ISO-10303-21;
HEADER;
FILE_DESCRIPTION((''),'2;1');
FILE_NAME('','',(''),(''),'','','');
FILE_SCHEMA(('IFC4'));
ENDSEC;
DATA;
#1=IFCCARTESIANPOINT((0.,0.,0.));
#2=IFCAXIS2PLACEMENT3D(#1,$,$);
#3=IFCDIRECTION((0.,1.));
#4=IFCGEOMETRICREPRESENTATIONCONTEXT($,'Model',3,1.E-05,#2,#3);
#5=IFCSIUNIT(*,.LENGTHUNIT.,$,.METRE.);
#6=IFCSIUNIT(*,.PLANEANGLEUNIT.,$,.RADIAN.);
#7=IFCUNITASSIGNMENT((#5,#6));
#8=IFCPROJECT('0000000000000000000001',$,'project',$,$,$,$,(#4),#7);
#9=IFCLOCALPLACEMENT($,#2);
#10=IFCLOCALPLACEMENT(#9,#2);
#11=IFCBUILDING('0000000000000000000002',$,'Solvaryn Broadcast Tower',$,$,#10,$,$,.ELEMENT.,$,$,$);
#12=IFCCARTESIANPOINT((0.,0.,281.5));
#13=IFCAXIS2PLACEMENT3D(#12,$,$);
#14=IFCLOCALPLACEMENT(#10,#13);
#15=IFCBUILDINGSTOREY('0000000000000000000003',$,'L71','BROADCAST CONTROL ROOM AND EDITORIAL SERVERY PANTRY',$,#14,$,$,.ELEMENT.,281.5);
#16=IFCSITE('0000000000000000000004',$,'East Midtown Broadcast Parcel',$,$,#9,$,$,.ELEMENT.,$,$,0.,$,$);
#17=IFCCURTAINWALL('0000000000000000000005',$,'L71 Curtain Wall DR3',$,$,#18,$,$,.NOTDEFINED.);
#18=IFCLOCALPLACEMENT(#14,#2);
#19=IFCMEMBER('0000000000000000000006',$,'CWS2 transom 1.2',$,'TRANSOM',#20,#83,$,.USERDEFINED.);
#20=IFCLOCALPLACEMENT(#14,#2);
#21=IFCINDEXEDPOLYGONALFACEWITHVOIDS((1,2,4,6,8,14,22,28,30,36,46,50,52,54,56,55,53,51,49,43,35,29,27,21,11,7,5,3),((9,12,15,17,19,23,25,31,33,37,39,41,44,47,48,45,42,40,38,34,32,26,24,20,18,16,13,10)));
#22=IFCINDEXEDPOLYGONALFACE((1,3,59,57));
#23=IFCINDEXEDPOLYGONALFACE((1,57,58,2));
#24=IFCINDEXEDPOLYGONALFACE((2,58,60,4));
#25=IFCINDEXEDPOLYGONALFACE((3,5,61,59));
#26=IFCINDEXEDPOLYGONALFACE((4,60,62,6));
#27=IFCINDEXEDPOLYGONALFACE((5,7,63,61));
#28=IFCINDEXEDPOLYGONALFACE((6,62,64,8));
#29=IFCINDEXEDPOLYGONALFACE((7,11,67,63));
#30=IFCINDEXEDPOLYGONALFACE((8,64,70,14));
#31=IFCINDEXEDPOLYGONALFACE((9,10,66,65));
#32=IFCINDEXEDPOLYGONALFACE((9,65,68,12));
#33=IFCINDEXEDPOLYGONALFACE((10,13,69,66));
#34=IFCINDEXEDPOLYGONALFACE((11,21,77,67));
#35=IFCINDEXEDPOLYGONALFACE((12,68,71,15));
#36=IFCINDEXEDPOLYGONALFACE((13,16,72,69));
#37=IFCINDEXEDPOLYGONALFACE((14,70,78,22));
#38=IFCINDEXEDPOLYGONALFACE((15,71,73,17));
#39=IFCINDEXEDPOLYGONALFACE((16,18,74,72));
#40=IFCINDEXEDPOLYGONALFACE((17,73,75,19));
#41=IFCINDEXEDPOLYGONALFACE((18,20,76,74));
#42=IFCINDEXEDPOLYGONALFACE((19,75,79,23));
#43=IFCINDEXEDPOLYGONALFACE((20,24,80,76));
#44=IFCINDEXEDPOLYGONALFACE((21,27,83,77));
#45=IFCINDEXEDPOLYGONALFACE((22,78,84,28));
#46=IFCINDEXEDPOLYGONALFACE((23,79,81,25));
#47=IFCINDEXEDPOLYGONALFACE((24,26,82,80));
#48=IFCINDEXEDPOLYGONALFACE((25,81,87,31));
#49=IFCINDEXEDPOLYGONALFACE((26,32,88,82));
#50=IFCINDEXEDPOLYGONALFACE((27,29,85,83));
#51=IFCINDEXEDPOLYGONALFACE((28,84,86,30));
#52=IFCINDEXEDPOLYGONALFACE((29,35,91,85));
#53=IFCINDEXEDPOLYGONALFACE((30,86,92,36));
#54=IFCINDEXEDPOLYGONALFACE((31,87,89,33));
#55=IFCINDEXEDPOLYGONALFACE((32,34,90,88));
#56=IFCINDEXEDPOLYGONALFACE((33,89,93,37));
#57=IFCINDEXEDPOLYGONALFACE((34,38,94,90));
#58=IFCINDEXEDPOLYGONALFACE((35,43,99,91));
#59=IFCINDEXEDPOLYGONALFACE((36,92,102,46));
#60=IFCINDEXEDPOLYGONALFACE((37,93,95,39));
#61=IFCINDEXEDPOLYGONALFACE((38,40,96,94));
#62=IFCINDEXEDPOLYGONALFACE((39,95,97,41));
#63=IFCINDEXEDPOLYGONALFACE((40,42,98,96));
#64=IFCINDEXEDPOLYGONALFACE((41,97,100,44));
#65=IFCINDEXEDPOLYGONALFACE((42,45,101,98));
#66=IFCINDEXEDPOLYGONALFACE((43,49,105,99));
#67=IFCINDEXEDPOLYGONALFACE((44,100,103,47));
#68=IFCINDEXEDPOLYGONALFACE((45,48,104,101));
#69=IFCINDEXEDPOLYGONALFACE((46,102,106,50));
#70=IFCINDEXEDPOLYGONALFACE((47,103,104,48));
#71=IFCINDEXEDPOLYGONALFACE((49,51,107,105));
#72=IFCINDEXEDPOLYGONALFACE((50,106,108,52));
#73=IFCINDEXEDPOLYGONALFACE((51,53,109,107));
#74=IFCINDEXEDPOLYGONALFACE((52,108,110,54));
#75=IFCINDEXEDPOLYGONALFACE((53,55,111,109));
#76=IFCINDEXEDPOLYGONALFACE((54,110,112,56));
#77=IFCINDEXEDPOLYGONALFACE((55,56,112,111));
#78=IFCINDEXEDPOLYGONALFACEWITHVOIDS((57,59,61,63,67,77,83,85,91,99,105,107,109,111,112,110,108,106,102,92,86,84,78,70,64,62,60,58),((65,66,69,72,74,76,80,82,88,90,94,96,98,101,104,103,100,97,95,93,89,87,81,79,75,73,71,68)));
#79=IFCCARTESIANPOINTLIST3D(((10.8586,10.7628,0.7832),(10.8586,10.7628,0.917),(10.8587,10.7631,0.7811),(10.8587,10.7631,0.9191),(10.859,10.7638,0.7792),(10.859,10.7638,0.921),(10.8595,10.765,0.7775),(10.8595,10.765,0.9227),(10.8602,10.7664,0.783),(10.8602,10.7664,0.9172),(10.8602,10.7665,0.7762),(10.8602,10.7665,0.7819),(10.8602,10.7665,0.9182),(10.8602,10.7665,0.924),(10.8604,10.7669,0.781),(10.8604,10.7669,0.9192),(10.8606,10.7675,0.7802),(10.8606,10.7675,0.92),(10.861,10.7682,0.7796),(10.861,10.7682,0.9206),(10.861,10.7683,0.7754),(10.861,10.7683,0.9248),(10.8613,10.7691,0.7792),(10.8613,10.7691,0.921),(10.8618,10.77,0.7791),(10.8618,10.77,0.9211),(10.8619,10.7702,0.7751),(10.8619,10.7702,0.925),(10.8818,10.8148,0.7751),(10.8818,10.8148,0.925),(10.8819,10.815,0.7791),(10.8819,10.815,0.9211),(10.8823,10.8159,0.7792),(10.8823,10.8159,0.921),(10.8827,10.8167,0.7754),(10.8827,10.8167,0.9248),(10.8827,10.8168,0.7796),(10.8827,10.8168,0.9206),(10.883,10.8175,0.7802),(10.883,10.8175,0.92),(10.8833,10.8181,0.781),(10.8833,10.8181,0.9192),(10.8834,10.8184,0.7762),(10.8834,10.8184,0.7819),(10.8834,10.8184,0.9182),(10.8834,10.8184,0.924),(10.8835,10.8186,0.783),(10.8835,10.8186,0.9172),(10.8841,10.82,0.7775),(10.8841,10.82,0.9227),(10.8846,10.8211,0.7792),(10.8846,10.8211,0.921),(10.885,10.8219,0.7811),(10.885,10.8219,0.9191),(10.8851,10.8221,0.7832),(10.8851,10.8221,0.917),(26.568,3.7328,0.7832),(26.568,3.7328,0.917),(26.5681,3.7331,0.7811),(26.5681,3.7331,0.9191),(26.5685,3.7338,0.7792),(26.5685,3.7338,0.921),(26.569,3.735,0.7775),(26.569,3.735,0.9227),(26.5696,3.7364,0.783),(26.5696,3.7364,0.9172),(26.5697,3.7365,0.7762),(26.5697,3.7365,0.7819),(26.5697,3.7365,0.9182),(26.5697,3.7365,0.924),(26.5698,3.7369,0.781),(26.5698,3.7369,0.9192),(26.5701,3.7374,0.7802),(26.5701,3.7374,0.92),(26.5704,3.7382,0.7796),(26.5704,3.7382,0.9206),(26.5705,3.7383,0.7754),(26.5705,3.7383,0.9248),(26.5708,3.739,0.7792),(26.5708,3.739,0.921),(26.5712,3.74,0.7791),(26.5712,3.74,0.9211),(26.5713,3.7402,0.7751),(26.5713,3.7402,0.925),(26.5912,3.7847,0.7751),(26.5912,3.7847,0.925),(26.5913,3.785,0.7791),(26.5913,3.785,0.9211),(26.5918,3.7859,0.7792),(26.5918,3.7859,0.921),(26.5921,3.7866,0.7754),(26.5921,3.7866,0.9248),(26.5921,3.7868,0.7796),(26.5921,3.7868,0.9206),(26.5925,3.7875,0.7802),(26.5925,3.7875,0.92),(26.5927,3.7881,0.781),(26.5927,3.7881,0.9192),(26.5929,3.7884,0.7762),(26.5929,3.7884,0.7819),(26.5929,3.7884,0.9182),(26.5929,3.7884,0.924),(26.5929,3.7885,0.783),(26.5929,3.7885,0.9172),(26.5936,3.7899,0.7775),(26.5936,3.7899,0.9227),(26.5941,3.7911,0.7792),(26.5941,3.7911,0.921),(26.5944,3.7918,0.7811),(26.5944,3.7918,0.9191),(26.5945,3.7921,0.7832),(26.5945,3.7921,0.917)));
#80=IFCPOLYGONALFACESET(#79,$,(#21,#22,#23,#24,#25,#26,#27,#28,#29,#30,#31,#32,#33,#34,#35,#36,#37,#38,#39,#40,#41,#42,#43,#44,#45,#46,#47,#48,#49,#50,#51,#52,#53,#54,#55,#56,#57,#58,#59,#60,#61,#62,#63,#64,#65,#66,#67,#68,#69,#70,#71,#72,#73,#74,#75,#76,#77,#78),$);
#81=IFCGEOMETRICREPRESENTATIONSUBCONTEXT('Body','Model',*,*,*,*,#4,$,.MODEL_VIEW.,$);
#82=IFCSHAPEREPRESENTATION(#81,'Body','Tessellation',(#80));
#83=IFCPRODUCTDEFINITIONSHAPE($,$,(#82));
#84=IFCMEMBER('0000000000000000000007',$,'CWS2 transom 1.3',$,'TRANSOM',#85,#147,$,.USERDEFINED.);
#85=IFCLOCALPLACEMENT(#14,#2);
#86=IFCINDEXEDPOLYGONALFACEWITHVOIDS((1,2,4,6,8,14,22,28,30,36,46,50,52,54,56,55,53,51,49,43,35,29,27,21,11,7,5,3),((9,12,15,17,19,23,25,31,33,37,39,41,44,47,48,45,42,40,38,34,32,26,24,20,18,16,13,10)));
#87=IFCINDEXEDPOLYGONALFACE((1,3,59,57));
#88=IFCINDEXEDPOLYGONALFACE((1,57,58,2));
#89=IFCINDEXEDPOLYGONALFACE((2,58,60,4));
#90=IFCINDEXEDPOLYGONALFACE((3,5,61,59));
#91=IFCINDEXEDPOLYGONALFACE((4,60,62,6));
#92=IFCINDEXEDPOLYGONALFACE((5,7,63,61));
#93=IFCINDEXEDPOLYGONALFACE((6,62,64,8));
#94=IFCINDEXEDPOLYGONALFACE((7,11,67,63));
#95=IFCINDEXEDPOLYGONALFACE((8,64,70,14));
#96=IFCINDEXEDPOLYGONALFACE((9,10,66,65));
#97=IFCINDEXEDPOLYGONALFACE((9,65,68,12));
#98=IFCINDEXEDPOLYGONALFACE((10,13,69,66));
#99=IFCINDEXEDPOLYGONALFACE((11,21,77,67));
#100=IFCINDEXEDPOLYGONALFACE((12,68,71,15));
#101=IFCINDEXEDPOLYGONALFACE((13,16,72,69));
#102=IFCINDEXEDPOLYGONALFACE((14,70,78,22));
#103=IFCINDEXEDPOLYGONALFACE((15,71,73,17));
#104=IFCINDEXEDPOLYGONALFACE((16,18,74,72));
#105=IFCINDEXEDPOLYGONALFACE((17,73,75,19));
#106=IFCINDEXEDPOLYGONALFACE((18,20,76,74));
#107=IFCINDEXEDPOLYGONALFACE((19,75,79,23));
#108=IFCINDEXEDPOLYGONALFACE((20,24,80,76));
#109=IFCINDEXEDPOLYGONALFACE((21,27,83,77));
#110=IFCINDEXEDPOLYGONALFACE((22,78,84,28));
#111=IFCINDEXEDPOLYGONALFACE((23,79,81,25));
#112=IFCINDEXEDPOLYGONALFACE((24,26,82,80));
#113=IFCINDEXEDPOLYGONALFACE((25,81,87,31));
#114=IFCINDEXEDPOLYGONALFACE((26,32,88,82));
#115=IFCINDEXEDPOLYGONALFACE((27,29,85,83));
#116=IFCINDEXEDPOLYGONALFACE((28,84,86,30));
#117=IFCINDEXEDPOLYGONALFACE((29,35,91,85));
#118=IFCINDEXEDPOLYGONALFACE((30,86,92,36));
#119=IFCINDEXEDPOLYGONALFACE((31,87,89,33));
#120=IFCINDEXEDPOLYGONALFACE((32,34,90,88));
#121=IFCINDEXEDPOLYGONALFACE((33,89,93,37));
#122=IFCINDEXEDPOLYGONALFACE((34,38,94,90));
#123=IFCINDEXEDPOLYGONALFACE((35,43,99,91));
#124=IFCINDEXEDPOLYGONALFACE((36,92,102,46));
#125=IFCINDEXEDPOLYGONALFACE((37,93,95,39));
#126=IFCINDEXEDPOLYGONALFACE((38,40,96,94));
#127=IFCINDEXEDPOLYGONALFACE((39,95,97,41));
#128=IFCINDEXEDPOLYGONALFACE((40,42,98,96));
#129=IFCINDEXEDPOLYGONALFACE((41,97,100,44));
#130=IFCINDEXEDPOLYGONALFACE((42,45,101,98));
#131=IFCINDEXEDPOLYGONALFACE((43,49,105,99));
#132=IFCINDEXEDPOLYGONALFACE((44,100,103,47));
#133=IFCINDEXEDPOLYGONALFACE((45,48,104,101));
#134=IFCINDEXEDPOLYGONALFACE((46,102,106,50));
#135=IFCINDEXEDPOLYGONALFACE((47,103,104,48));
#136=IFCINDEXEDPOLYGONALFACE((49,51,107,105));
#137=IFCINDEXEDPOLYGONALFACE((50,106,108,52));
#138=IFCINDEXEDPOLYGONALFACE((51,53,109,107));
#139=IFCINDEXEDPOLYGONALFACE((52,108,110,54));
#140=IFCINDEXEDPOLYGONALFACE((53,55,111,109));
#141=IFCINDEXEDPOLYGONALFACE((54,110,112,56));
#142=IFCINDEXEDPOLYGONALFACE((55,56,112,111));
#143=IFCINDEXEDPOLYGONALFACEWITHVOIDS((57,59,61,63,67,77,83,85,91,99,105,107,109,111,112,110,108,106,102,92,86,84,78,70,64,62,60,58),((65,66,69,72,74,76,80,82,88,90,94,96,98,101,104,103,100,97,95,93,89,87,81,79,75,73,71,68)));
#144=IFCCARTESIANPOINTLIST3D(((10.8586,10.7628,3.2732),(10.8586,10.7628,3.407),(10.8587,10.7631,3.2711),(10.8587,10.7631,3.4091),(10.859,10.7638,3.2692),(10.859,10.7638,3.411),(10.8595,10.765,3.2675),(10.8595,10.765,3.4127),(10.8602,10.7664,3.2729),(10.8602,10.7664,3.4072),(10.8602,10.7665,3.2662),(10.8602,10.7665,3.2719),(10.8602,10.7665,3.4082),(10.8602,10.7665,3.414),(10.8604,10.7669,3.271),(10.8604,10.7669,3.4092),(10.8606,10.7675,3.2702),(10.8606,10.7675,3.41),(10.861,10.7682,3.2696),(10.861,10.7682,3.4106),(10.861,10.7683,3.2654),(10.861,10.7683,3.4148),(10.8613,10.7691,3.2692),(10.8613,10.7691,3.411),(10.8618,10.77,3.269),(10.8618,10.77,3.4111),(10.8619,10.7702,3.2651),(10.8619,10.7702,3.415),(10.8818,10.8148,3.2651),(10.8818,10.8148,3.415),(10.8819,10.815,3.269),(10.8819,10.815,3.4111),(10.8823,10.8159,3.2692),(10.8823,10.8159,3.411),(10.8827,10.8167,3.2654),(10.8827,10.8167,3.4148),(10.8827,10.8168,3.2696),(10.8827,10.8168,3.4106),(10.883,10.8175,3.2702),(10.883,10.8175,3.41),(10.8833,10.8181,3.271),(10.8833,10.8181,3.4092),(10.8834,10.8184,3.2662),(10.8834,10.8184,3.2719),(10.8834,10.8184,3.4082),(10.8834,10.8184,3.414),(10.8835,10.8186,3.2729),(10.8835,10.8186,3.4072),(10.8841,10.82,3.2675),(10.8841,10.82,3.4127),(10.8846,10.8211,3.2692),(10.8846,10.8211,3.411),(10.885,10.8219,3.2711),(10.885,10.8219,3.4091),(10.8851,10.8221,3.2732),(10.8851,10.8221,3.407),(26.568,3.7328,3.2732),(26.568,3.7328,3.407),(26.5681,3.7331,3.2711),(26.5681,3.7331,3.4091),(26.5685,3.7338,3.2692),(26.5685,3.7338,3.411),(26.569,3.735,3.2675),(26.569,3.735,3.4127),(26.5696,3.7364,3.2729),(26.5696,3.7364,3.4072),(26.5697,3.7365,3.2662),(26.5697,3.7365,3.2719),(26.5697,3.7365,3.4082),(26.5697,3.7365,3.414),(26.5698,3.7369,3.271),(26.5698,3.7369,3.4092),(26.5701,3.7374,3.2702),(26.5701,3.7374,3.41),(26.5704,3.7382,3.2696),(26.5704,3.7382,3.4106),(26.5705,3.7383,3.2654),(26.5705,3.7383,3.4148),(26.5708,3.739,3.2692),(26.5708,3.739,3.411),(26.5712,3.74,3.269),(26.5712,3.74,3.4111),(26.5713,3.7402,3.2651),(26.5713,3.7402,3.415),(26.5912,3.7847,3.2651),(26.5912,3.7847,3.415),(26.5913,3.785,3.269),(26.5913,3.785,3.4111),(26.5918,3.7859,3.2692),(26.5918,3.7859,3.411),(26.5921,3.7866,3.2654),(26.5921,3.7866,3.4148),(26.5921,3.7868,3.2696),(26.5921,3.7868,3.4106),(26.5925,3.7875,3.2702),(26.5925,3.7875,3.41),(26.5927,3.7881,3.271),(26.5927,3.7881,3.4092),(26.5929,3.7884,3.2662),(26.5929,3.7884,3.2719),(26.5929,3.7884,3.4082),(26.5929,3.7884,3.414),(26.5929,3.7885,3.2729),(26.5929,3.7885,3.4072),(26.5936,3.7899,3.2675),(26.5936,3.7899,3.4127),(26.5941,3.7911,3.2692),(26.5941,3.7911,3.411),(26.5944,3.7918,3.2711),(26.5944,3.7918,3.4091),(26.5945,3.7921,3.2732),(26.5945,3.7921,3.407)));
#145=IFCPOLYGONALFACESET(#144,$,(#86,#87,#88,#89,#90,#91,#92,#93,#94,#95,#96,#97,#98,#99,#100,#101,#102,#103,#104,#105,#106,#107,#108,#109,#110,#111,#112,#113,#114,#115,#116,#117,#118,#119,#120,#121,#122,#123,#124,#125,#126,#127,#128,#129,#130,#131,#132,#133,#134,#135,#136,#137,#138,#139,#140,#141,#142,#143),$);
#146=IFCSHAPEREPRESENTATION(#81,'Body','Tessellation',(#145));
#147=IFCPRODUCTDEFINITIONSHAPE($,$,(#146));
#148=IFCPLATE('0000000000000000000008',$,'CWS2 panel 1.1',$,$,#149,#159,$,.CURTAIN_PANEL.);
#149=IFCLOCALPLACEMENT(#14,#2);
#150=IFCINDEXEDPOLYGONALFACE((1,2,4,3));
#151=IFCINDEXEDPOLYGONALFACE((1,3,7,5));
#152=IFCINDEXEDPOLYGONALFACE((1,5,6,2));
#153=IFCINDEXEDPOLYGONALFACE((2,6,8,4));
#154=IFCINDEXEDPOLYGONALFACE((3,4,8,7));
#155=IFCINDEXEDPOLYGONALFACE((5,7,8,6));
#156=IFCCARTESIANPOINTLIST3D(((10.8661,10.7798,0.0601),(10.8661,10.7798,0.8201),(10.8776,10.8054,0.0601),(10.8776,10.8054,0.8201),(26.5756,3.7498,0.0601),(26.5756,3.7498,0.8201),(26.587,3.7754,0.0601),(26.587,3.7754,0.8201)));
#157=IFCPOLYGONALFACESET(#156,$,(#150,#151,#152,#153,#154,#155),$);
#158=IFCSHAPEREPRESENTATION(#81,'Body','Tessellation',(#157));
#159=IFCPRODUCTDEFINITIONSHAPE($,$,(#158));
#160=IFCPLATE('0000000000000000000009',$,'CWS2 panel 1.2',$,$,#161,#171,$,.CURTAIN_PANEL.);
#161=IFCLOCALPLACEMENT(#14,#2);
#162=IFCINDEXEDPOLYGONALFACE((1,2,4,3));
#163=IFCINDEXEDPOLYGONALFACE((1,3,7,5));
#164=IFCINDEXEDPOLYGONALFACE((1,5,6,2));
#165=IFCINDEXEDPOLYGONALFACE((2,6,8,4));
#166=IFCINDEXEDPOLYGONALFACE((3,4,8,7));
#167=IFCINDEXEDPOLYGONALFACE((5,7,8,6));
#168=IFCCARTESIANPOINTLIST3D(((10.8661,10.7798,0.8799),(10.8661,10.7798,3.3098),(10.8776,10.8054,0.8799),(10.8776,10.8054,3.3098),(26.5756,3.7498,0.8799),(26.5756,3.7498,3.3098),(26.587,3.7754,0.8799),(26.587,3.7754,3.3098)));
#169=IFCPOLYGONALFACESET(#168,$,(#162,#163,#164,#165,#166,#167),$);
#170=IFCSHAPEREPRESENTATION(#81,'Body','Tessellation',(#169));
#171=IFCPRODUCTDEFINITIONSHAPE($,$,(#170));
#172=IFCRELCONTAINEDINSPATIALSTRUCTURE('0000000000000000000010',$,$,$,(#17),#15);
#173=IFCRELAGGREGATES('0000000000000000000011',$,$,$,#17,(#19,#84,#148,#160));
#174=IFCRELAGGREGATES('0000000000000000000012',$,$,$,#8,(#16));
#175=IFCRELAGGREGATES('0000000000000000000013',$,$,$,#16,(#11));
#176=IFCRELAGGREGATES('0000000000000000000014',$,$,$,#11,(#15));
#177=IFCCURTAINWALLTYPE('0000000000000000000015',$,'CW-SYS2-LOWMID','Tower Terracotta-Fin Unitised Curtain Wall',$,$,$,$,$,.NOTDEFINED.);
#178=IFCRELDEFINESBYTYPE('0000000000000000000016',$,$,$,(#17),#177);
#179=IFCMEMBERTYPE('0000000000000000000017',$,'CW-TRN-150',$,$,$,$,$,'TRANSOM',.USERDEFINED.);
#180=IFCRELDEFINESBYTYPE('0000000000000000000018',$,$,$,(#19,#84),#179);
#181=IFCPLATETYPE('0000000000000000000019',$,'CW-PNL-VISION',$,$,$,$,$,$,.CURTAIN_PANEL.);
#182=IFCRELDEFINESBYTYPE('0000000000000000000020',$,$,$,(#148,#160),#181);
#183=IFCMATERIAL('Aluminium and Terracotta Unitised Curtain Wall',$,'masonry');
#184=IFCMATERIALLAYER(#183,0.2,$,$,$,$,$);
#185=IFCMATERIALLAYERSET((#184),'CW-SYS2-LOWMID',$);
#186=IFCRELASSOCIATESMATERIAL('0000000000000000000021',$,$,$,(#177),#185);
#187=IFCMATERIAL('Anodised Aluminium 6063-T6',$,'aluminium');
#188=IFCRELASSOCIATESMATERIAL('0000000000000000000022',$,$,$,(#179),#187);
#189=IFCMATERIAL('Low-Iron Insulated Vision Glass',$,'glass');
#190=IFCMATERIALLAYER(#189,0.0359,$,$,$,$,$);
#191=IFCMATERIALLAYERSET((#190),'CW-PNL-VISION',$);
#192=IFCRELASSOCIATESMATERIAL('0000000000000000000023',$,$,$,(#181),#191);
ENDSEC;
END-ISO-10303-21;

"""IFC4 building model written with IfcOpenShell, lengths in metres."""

from ifc_helpers import new_model, si_unit, direction, frame, origin, origin_2d, place, context, subcontext, project, spatial, rectangle, hollow_rectangle, extrude, material, layer, layer_set, material_profile, profile_set, type_object, element, aggregate, save


model = new_model("IFC4")

# Units and contexts
model_context = context("Model", 3, precision=1e-05, world=origin(), true_north=direction((0.0, 1.0)))
body_context = subcontext(model_context, "Body", "Model", "MODEL_VIEW")
ifc_project = project(units=[si_unit("LENGTHUNIT", "METRE"), si_unit("PLANEANGLEUNIT", "RADIAN")], contexts=[model_context])

# Site, building, storey
site_placement = place(None, origin())
site = spatial("IfcSite", under=ifc_project, at=site_placement, Name="East Midtown Broadcast Parcel", CompositionType="ELEMENT", RefElevation=0.0)
building_placement = place(site_placement, origin())
building = spatial("IfcBuilding", under=site, at=building_placement, Name="Solvaryn Broadcast Tower", CompositionType="ELEMENT")
storey_placement = place(building_placement, frame((0.0, 0.0, 281.5)))
storey = spatial("IfcBuildingStorey", under=building, at=storey_placement, Name="L71", Description="BROADCAST CONTROL ROOM AND EDITORIAL SERVERY PANTRY", CompositionType="ELEMENT", Elevation=281.5)

# Curtain wall, members, plates
ifc_material_1 = material(Name="Aluminium and Terracotta Unitised Curtain Wall", Category="masonry")
ifc_layer_1 = layer(ifc_material_1, 0.2)
ifc_layer_set_1 = layer_set([ifc_layer_1], Name="CW-SYS2-LOWMID")
curtain_wall_type = type_object("IfcCurtainWallType", Name="CW-SYS2-LOWMID", Description="Tower Terracotta-Fin Unitised Curtain Wall", PredefinedType="NOTDEFINED", material=ifc_layer_set_1)
curtain_wall_placement = place(storey_placement, origin())
curtain_wall = element("IfcCurtainWall", 1, at=curtain_wall_placement, inside=storey, type_object=curtain_wall_type, Name="L71 Curtain Wall DR3", PredefinedType="NOTDEFINED")
ifc_material_2 = material(Name="Anodised Aluminium 6063-T6", Category="aluminium")
ifc_material_profile_1 = material_profile(ifc_material_2, hollow_rectangle(XDim=0.0649, YDim=0.1499, WallThickness=0.0039, InnerFilletRadius=0.0039, OuterFilletRadius=0.0081, at=origin_2d()))
ifc_profile_set_1 = profile_set([ifc_material_profile_1], Name="Anodised Aluminium 6063-T6")
member_type_1 = type_object("IfcMemberType", Name="CW-TRN-150", ElementType="TRANSOM", PredefinedType="USERDEFINED", material=ifc_profile_set_1)
member_1_placement = place(storey_placement, frame((10.8718, 10.7925, 0.8501), z_axis=(0.912773, -0.408468, 0.0), x_axis=(0.408468, 0.912773, 0.0)))
member_1 = element("IfcMember", 2, at=member_1_placement, type_object=member_type_1, Name="CWS2 transom 1.2", ObjectType="TRANSOM", PredefinedType="USERDEFINED", context=body_context, shape_type="SweptSolid", body=[
    extrude(hollow_rectangle(XDim=0.0649, YDim=0.1499, WallThickness=0.0039, InnerFilletRadius=0.0039, OuterFilletRadius=0.0081, at=origin_2d()), origin(), (0.0, 0.0, 1.0), 17.2107),
])
member_2_placement = place(storey_placement, frame((10.8718, 10.7925, 3.3401), z_axis=(0.912773, -0.408468, 0.0), x_axis=(0.408468, 0.912773, 0.0)))
member_2 = element("IfcMember", 3, at=member_2_placement, type_object=member_type_1, Name="CWS2 transom 1.3", ObjectType="TRANSOM", PredefinedType="USERDEFINED", context=body_context, shape_type="SweptSolid", body=[
    extrude(hollow_rectangle(XDim=0.0649, YDim=0.1499, WallThickness=0.0039, InnerFilletRadius=0.0039, OuterFilletRadius=0.0081, at=origin_2d()), origin(), (0.0, 0.0, 1.0), 17.2107),
])
ifc_material_3 = material(Name="Low-Iron Insulated Vision Glass", Category="glass")
ifc_layer_2 = layer(ifc_material_3, 0.0359)
ifc_layer_set_2 = layer_set([ifc_layer_2], Name="CW-PNL-VISION")
plate_type = type_object("IfcPlateType", Name="CW-PNL-VISION", PredefinedType="CURTAIN_PANEL", material=ifc_layer_set_2)
plate_1_placement = place(storey_placement, frame((18.7266, 7.2776, 0.0601), z_axis=(0.0, 0.0, 1.0), x_axis=(0.912774, -0.408466, 0.0)))
plate_1 = element("IfcPlate", 4, at=plate_1_placement, type_object=plate_type, Name="CWS2 panel 1.1", PredefinedType="CURTAIN_PANEL", context=body_context, shape_type="SweptSolid", body=[
    extrude(rectangle(XDim=17.2107, YDim=0.0281, at=origin_2d()), origin(), (0.0, 0.0, 1.0), 0.76),
])
plate_2_placement = place(storey_placement, frame((18.7266, 7.2776, 0.8799), z_axis=(0.0, 0.0, 1.0), x_axis=(0.912774, -0.408466, 0.0)))
plate_2 = element("IfcPlate", 5, at=plate_2_placement, type_object=plate_type, Name="CWS2 panel 1.2", PredefinedType="CURTAIN_PANEL", context=body_context, shape_type="SweptSolid", body=[
    extrude(rectangle(XDim=17.2107, YDim=0.0281, at=origin_2d()), origin(), (0.0, 0.0, 1.0), 2.4299),
])
aggregate(curtain_wall, [member_1, member_2, plate_1, plate_2])

save(model, "model.ifc")
